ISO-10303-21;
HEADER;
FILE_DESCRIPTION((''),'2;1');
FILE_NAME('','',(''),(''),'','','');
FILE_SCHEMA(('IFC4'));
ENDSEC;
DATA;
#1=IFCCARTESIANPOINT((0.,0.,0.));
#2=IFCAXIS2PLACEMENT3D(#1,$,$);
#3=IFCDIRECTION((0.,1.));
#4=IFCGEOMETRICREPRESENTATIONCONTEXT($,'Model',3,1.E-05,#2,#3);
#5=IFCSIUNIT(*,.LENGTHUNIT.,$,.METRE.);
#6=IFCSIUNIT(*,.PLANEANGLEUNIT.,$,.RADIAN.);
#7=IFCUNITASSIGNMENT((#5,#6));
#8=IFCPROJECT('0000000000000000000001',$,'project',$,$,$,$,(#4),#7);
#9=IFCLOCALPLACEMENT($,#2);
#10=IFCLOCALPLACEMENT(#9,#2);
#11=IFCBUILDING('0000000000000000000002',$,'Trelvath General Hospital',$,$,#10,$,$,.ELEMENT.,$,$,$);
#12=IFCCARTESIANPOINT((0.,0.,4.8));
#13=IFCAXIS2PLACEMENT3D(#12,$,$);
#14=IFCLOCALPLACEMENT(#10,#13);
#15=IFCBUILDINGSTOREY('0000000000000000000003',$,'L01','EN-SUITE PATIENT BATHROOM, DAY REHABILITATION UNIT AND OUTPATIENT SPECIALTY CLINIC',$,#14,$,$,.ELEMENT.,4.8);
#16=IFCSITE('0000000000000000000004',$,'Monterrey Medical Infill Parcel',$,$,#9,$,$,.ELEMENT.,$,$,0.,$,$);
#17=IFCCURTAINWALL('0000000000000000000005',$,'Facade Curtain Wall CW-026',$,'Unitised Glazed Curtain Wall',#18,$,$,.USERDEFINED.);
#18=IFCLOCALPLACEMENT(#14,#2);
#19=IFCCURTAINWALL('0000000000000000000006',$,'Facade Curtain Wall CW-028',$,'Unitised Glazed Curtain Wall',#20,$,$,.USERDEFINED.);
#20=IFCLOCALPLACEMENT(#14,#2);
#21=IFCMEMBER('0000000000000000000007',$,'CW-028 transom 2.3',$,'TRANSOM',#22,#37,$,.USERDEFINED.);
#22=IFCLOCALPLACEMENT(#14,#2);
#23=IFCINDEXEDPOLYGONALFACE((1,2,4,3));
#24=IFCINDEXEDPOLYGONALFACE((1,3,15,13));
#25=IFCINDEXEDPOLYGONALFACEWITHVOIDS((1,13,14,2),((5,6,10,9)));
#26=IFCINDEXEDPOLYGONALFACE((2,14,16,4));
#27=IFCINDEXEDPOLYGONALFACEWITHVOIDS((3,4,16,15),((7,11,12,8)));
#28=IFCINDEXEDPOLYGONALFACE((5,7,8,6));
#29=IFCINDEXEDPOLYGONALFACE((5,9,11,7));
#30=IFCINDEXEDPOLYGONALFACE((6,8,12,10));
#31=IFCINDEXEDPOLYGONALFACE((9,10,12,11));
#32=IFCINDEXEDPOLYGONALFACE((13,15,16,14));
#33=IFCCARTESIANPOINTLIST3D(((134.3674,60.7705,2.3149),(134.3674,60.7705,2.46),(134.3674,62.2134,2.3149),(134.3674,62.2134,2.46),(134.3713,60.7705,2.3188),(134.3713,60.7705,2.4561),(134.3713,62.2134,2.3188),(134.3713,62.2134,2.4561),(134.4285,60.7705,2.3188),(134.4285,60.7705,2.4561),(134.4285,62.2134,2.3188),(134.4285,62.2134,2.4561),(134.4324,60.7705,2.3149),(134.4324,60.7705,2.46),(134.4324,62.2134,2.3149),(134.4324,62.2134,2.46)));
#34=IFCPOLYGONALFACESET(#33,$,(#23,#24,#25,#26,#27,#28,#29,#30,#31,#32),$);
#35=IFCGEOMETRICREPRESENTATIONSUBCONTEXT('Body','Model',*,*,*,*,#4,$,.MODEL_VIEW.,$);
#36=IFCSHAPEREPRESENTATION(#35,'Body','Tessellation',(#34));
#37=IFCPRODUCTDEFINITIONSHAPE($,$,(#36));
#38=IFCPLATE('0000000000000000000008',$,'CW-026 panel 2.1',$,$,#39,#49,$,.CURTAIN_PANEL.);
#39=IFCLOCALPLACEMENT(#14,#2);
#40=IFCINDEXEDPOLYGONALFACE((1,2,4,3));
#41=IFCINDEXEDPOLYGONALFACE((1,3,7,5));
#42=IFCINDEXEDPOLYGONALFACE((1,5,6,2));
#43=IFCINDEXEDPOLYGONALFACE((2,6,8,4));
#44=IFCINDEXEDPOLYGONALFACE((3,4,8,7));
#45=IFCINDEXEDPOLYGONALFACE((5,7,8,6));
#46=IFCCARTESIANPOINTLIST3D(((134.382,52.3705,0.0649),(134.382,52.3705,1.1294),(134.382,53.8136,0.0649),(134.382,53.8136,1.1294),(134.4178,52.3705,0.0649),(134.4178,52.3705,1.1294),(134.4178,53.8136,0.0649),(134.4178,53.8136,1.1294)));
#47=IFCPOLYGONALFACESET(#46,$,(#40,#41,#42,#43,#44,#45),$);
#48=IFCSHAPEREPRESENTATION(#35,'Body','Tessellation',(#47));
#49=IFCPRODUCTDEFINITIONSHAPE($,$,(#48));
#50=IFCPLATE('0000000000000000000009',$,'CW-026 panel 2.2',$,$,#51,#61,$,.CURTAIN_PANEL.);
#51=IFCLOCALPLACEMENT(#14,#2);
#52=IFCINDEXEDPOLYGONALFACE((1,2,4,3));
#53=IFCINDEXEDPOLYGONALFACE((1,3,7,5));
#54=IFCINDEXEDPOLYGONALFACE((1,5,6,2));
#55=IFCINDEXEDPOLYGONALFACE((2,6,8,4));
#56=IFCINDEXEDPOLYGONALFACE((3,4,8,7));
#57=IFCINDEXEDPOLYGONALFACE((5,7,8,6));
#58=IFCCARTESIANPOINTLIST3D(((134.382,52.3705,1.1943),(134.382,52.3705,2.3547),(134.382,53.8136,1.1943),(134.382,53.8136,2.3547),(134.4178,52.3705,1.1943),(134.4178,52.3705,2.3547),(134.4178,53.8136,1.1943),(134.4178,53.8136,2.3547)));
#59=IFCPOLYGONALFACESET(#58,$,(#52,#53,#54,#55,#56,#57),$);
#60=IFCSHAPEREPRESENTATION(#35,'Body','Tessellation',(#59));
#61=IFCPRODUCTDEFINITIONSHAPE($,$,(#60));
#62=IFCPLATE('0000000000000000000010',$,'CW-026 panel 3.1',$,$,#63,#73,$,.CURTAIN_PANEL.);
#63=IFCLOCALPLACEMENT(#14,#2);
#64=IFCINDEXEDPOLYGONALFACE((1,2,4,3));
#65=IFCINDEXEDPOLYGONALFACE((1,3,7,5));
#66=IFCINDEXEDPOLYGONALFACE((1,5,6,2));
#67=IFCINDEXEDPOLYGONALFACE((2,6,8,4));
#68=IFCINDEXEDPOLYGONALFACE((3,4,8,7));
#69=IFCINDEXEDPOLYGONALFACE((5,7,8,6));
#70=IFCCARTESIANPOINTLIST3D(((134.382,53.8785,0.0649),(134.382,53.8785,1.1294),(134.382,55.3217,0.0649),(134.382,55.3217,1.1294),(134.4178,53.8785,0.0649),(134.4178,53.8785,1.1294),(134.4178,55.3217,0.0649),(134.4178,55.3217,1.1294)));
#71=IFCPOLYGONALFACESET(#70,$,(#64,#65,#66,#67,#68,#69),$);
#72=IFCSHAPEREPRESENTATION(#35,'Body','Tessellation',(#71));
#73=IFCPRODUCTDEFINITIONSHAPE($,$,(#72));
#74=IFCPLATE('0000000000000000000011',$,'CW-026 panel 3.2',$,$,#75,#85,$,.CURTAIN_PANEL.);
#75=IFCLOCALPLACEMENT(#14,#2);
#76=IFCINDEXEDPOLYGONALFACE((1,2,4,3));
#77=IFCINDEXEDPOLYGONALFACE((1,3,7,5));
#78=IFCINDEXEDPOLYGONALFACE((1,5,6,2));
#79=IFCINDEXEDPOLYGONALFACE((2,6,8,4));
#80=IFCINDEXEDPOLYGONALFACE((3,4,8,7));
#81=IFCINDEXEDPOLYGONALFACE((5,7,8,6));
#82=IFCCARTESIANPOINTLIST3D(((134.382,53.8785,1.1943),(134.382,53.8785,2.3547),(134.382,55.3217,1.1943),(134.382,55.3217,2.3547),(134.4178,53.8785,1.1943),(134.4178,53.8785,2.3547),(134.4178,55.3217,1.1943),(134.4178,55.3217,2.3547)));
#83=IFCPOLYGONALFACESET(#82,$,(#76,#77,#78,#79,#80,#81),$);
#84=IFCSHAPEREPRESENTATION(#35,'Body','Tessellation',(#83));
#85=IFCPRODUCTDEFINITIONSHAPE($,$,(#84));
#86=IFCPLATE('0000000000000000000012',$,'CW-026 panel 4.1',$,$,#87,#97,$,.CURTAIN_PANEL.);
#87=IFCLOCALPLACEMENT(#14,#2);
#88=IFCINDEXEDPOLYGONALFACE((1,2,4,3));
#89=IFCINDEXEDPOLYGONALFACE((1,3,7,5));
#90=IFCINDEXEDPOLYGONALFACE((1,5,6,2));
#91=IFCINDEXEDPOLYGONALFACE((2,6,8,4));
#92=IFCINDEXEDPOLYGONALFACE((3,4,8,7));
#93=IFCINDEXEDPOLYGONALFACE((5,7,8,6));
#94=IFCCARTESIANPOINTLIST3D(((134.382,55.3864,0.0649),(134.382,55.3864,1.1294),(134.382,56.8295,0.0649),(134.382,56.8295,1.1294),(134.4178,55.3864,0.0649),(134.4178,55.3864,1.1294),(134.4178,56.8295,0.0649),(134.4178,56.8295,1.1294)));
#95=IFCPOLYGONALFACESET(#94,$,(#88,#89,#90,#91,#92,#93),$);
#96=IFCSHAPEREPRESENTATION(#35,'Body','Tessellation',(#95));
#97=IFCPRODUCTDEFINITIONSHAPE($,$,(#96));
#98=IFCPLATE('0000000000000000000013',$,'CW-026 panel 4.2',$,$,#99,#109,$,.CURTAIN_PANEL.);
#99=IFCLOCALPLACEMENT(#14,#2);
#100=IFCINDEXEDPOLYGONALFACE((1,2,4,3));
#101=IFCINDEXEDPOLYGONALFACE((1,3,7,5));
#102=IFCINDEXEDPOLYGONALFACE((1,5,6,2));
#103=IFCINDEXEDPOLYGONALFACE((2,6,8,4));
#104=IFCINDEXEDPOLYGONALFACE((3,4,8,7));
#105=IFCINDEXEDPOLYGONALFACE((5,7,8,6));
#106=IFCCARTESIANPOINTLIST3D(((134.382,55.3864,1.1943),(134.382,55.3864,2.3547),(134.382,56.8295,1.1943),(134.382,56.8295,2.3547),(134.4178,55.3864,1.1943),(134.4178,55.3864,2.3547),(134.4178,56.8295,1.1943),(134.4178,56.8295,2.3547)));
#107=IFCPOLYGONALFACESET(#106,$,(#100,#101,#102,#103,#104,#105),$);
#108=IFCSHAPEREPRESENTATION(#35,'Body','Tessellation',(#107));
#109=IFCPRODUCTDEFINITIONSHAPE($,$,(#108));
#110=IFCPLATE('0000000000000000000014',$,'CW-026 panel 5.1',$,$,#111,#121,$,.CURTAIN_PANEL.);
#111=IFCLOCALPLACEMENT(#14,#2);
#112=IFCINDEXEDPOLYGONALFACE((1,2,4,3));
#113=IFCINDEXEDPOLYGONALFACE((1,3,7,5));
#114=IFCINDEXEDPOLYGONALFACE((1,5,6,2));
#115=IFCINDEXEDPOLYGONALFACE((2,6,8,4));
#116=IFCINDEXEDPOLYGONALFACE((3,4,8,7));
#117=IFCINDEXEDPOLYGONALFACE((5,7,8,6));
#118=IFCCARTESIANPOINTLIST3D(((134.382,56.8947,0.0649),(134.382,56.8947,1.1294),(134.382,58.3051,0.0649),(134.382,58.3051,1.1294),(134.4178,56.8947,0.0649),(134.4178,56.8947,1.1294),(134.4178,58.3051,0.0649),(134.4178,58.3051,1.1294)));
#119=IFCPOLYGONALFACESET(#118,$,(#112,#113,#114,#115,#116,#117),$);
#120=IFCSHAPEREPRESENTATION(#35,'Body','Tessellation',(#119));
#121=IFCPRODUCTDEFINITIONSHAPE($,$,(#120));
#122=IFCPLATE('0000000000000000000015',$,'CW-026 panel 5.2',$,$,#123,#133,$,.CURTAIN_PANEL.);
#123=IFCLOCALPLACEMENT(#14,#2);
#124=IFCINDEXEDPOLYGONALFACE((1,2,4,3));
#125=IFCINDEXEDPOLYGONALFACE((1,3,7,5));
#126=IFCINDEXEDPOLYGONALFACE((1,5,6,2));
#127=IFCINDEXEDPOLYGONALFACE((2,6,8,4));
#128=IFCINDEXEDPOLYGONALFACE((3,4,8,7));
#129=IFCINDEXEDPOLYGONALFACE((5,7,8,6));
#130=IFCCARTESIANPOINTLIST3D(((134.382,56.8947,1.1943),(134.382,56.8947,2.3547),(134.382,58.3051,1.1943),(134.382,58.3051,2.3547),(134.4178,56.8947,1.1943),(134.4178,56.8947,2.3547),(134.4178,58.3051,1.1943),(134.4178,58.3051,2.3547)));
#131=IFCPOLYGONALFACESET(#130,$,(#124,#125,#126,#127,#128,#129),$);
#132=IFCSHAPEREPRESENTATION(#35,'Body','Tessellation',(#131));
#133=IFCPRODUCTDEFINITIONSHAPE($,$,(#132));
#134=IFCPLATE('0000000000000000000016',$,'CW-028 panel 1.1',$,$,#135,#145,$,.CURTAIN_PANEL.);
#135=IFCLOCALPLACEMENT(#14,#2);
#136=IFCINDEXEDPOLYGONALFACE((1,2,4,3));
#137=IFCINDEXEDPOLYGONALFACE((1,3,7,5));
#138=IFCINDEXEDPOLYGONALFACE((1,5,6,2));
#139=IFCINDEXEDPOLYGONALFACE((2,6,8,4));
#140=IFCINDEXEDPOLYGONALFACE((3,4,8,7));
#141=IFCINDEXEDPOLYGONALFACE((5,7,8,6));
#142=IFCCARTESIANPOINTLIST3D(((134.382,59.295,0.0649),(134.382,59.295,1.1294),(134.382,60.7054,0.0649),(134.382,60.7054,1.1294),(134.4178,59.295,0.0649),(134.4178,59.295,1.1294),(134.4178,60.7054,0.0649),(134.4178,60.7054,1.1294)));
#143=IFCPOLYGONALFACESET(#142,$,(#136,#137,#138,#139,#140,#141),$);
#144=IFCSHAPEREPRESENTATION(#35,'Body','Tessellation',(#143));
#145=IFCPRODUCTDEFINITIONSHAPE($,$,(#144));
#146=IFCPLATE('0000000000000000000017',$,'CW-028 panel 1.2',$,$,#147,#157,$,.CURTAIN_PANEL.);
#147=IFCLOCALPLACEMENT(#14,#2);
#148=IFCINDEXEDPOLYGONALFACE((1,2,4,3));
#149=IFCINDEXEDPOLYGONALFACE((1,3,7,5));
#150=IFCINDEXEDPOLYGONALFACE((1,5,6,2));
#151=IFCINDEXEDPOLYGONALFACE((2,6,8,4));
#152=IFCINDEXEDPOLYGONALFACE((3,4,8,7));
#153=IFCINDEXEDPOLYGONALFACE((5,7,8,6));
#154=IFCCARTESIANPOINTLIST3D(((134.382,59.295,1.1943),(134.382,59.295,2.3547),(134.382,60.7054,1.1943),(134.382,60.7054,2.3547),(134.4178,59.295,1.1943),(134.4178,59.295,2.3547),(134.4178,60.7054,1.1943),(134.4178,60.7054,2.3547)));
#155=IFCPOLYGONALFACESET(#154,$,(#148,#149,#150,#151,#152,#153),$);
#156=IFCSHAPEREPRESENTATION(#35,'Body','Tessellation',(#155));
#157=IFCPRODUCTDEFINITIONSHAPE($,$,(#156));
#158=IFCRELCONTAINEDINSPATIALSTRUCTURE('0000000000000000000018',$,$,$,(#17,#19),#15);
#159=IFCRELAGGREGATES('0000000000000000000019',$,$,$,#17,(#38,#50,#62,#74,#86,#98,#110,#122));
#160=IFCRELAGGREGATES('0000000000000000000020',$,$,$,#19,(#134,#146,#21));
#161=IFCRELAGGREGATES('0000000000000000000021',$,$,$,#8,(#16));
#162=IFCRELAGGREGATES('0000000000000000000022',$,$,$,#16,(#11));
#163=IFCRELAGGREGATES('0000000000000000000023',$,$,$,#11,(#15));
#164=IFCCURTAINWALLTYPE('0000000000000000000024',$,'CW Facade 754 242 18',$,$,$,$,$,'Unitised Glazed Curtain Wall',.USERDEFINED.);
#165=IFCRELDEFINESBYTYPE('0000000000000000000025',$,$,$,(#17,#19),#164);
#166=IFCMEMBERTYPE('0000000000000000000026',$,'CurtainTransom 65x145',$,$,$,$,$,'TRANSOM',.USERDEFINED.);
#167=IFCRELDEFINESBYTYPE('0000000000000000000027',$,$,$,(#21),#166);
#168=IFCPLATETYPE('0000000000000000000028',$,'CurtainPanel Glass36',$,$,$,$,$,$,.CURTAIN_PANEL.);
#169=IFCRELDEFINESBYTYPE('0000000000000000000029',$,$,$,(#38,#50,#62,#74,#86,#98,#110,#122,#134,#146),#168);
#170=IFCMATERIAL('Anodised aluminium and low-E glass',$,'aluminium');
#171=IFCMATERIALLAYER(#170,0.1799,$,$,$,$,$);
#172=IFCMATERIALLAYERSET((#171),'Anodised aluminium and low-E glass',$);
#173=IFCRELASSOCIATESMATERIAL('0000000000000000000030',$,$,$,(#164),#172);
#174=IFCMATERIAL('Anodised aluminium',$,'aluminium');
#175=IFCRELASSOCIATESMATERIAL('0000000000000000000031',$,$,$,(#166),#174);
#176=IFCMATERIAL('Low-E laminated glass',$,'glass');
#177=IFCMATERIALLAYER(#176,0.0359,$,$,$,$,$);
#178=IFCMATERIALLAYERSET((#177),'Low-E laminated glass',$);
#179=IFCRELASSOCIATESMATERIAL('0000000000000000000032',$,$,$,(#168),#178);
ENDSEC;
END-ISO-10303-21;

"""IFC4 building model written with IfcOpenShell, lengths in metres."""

from ifc_helpers import new_model, si_unit, direction, frame, origin, origin_2d, place, context, subcontext, project, spatial, rectangle, hollow_rectangle, extrude, material, layer, layer_set, material_profile, profile_set, type_object, element, aggregate, save


model = new_model("IFC4")

# Units and contexts
model_context = context("Model", 3, precision=1e-05, world=origin(), true_north=direction((0.0, 1.0)))
body_context = subcontext(model_context, "Body", "Model", "MODEL_VIEW")
ifc_project = project(units=[si_unit("LENGTHUNIT", "METRE"), si_unit("PLANEANGLEUNIT", "RADIAN")], contexts=[model_context])

# Site, building, storey
site_placement = place(None, origin())
site = spatial("IfcSite", under=ifc_project, at=site_placement, Name="Monterrey Medical Infill Parcel", CompositionType="ELEMENT", RefElevation=0.0)
building_placement = place(site_placement, origin())
building = spatial("IfcBuilding", under=site, at=building_placement, Name="Trelvath General Hospital", CompositionType="ELEMENT")
storey_placement = place(building_placement, frame((0.0, 0.0, 4.8)))
storey = spatial("IfcBuildingStorey", under=building, at=storey_placement, Name="L01", Description="EN-SUITE PATIENT BATHROOM, DAY REHABILITATION UNIT AND OUTPATIENT SPECIALTY CLINIC", CompositionType="ELEMENT", Elevation=4.8)

# Curtain walls
ifc_material_1 = material(Name="Anodised aluminium and low-E glass", Category="aluminium")
ifc_layer_1 = layer(ifc_material_1, 0.1799)
ifc_layer_set_1 = layer_set([ifc_layer_1], Name="Anodised aluminium and low-E glass")
curtain_wall_type = type_object("IfcCurtainWallType", Name="CW Facade 754 242 18", ElementType="Unitised Glazed Curtain Wall", PredefinedType="USERDEFINED", material=ifc_layer_set_1)
curtain_wall_1_placement = place(storey_placement, origin())
curtain_wall_1 = element("IfcCurtainWall", 1, at=curtain_wall_1_placement, inside=storey, type_object=curtain_wall_type, Name="Facade Curtain Wall CW-026", ObjectType="Unitised Glazed Curtain Wall", PredefinedType="USERDEFINED")
curtain_wall_2_placement = place(storey_placement, origin())
curtain_wall_2 = element("IfcCurtainWall", 2, at=curtain_wall_2_placement, inside=storey, type_object=curtain_wall_type, Name="Facade Curtain Wall CW-028", ObjectType="Unitised Glazed Curtain Wall", PredefinedType="USERDEFINED")

# Member
ifc_material_2 = material(Name="Anodised aluminium", Category="aluminium")
ifc_material_profile_1 = material_profile(ifc_material_2, hollow_rectangle(XDim=0.0649, YDim=0.145, WallThickness=0.0039, at=origin_2d()), Name="RHS65x145x4")
ifc_profile_set_1 = profile_set([ifc_material_profile_1], Name="Anodised aluminium")
member_type_1 = type_object("IfcMemberType", Name="CurtainTransom 65x145", ElementType="TRANSOM", PredefinedType="USERDEFINED", material=ifc_profile_set_1)
member_1_placement = place(storey_placement, frame((134.3999, 60.7705, 2.3875), z_axis=(0.0, 1.0, 0.0), x_axis=(-1.0, 0.0, 0.0)))
member_1 = element("IfcMember", 3, at=member_1_placement, type_object=member_type_1, Name="CW-028 transom 2.3", ObjectType="TRANSOM", PredefinedType="USERDEFINED", context=body_context, shape_type="SweptSolid", body=[
    extrude(hollow_rectangle(XDim=0.0649, YDim=0.145, WallThickness=0.0039, at=origin_2d()), origin(), (0.0, 0.0, 1.0), 1.4429),
])

# Plates
ifc_material_3 = material(Name="Low-E laminated glass", Category="glass")
ifc_layer_2 = layer(ifc_material_3, 0.0359)
ifc_layer_set_2 = layer_set([ifc_layer_2], Name="Low-E laminated glass")
plate_type = type_object("IfcPlateType", Name="CurtainPanel Glass36", PredefinedType="CURTAIN_PANEL", material=ifc_layer_set_2)
plate_1_placement = place(storey_placement, frame((134.3999, 53.092, 0.0649), z_axis=(0.0, 0.0, 1.0), x_axis=(0.0, 1.0, 0.0)))
plate_1 = element("IfcPlate", 4, at=plate_1_placement, type_object=plate_type, Name="CW-026 panel 2.1", PredefinedType="CURTAIN_PANEL", context=body_context, shape_type="SweptSolid", body=[
    extrude(rectangle(XDim=1.4431, YDim=0.0359, at=origin_2d()), origin(), (0.0, 0.0, 1.0), 1.0645),
])
plate_2_placement = place(storey_placement, frame((134.3999, 53.092, 1.1943), z_axis=(0.0, 0.0, 1.0), x_axis=(0.0, 1.0, 0.0)))
plate_2 = element("IfcPlate", 5, at=plate_2_placement, type_object=plate_type, Name="CW-026 panel 2.2", PredefinedType="CURTAIN_PANEL", context=body_context, shape_type="SweptSolid", body=[
    extrude(rectangle(XDim=1.4431, YDim=0.0359, at=origin_2d()), origin(), (0.0, 0.0, 1.0), 1.1604),
])
plate_3_placement = place(storey_placement, frame((134.3999, 54.6001, 0.0649), z_axis=(0.0, 0.0, 1.0), x_axis=(0.0, 1.0, 0.0)))
plate_3 = element("IfcPlate", 6, at=plate_3_placement, type_object=plate_type, Name="CW-026 panel 3.1", PredefinedType="CURTAIN_PANEL", context=body_context, shape_type="SweptSolid", body=[
    extrude(rectangle(XDim=1.4431, YDim=0.0359, at=origin_2d()), origin(), (0.0, 0.0, 1.0), 1.0645),
])
plate_4_placement = place(storey_placement, frame((134.3999, 54.6001, 1.1943), z_axis=(0.0, 0.0, 1.0), x_axis=(0.0, 1.0, 0.0)))
plate_4 = element("IfcPlate", 7, at=plate_4_placement, type_object=plate_type, Name="CW-026 panel 3.2", PredefinedType="CURTAIN_PANEL", context=body_context, shape_type="SweptSolid", body=[
    extrude(rectangle(XDim=1.4431, YDim=0.0359, at=origin_2d()), origin(), (0.0, 0.0, 1.0), 1.1604),
])
plate_5_placement = place(storey_placement, frame((134.3999, 56.1079, 0.0649), z_axis=(0.0, 0.0, 1.0), x_axis=(0.0, 1.0, 0.0)))
plate_5 = element("IfcPlate", 8, at=plate_5_placement, type_object=plate_type, Name="CW-026 panel 4.1", PredefinedType="CURTAIN_PANEL", context=body_context, shape_type="SweptSolid", body=[
    extrude(rectangle(XDim=1.4431, YDim=0.0359, at=origin_2d()), origin(), (0.0, 0.0, 1.0), 1.0645),
])
plate_6_placement = place(storey_placement, frame((134.3999, 56.1079, 1.1943), z_axis=(0.0, 0.0, 1.0), x_axis=(0.0, 1.0, 0.0)))
plate_6 = element("IfcPlate", 9, at=plate_6_placement, type_object=plate_type, Name="CW-026 panel 4.2", PredefinedType="CURTAIN_PANEL", context=body_context, shape_type="SweptSolid", body=[
    extrude(rectangle(XDim=1.4431, YDim=0.0359, at=origin_2d()), origin(), (0.0, 0.0, 1.0), 1.1604),
])
plate_7_placement = place(storey_placement, frame((134.3999, 57.5999, 0.0649), z_axis=(0.0, 0.0, 1.0), x_axis=(0.0, 1.0, 0.0)))
plate_7 = element("IfcPlate", 10, at=plate_7_placement, type_object=plate_type, Name="CW-026 panel 5.1", PredefinedType="CURTAIN_PANEL", context=body_context, shape_type="SweptSolid", body=[
    extrude(rectangle(XDim=1.4104, YDim=0.0359, at=origin_2d()), origin(), (0.0, 0.0, 1.0), 1.0645),
])
plate_8_placement = place(storey_placement, frame((134.3999, 57.5999, 1.1943), z_axis=(0.0, 0.0, 1.0), x_axis=(0.0, 1.0, 0.0)))
plate_8 = element("IfcPlate", 11, at=plate_8_placement, type_object=plate_type, Name="CW-026 panel 5.2", PredefinedType="CURTAIN_PANEL", context=body_context, shape_type="SweptSolid", body=[
    extrude(rectangle(XDim=1.4104, YDim=0.0359, at=origin_2d()), origin(), (0.0, 0.0, 1.0), 1.1604),
])
aggregate(curtain_wall_1, [plate_1, plate_2, plate_3, plate_4, plate_5, plate_6, plate_7, plate_8])
plate_9_placement = place(storey_placement, frame((134.3999, 60.0002, 0.0649), z_axis=(0.0, 0.0, 1.0), x_axis=(0.0, 1.0, 0.0)))
plate_9 = element("IfcPlate", 12, at=plate_9_placement, type_object=plate_type, Name="CW-028 panel 1.1", PredefinedType="CURTAIN_PANEL", context=body_context, shape_type="SweptSolid", body=[
    extrude(rectangle(XDim=1.4104, YDim=0.0359, at=origin_2d()), origin(), (0.0, 0.0, 1.0), 1.0645),
])
plate_10_placement = place(storey_placement, frame((134.3999, 60.0002, 1.1943), z_axis=(0.0, 0.0, 1.0), x_axis=(0.0, 1.0, 0.0)))
plate_10 = element("IfcPlate", 13, at=plate_10_placement, type_object=plate_type, Name="CW-028 panel 1.2", PredefinedType="CURTAIN_PANEL", context=body_context, shape_type="SweptSolid", body=[
    extrude(rectangle(XDim=1.4104, YDim=0.0359, at=origin_2d()), origin(), (0.0, 0.0, 1.0), 1.1604),
])
aggregate(curtain_wall_2, [plate_9, plate_10, member_1])

save(model, "model.ifc")
